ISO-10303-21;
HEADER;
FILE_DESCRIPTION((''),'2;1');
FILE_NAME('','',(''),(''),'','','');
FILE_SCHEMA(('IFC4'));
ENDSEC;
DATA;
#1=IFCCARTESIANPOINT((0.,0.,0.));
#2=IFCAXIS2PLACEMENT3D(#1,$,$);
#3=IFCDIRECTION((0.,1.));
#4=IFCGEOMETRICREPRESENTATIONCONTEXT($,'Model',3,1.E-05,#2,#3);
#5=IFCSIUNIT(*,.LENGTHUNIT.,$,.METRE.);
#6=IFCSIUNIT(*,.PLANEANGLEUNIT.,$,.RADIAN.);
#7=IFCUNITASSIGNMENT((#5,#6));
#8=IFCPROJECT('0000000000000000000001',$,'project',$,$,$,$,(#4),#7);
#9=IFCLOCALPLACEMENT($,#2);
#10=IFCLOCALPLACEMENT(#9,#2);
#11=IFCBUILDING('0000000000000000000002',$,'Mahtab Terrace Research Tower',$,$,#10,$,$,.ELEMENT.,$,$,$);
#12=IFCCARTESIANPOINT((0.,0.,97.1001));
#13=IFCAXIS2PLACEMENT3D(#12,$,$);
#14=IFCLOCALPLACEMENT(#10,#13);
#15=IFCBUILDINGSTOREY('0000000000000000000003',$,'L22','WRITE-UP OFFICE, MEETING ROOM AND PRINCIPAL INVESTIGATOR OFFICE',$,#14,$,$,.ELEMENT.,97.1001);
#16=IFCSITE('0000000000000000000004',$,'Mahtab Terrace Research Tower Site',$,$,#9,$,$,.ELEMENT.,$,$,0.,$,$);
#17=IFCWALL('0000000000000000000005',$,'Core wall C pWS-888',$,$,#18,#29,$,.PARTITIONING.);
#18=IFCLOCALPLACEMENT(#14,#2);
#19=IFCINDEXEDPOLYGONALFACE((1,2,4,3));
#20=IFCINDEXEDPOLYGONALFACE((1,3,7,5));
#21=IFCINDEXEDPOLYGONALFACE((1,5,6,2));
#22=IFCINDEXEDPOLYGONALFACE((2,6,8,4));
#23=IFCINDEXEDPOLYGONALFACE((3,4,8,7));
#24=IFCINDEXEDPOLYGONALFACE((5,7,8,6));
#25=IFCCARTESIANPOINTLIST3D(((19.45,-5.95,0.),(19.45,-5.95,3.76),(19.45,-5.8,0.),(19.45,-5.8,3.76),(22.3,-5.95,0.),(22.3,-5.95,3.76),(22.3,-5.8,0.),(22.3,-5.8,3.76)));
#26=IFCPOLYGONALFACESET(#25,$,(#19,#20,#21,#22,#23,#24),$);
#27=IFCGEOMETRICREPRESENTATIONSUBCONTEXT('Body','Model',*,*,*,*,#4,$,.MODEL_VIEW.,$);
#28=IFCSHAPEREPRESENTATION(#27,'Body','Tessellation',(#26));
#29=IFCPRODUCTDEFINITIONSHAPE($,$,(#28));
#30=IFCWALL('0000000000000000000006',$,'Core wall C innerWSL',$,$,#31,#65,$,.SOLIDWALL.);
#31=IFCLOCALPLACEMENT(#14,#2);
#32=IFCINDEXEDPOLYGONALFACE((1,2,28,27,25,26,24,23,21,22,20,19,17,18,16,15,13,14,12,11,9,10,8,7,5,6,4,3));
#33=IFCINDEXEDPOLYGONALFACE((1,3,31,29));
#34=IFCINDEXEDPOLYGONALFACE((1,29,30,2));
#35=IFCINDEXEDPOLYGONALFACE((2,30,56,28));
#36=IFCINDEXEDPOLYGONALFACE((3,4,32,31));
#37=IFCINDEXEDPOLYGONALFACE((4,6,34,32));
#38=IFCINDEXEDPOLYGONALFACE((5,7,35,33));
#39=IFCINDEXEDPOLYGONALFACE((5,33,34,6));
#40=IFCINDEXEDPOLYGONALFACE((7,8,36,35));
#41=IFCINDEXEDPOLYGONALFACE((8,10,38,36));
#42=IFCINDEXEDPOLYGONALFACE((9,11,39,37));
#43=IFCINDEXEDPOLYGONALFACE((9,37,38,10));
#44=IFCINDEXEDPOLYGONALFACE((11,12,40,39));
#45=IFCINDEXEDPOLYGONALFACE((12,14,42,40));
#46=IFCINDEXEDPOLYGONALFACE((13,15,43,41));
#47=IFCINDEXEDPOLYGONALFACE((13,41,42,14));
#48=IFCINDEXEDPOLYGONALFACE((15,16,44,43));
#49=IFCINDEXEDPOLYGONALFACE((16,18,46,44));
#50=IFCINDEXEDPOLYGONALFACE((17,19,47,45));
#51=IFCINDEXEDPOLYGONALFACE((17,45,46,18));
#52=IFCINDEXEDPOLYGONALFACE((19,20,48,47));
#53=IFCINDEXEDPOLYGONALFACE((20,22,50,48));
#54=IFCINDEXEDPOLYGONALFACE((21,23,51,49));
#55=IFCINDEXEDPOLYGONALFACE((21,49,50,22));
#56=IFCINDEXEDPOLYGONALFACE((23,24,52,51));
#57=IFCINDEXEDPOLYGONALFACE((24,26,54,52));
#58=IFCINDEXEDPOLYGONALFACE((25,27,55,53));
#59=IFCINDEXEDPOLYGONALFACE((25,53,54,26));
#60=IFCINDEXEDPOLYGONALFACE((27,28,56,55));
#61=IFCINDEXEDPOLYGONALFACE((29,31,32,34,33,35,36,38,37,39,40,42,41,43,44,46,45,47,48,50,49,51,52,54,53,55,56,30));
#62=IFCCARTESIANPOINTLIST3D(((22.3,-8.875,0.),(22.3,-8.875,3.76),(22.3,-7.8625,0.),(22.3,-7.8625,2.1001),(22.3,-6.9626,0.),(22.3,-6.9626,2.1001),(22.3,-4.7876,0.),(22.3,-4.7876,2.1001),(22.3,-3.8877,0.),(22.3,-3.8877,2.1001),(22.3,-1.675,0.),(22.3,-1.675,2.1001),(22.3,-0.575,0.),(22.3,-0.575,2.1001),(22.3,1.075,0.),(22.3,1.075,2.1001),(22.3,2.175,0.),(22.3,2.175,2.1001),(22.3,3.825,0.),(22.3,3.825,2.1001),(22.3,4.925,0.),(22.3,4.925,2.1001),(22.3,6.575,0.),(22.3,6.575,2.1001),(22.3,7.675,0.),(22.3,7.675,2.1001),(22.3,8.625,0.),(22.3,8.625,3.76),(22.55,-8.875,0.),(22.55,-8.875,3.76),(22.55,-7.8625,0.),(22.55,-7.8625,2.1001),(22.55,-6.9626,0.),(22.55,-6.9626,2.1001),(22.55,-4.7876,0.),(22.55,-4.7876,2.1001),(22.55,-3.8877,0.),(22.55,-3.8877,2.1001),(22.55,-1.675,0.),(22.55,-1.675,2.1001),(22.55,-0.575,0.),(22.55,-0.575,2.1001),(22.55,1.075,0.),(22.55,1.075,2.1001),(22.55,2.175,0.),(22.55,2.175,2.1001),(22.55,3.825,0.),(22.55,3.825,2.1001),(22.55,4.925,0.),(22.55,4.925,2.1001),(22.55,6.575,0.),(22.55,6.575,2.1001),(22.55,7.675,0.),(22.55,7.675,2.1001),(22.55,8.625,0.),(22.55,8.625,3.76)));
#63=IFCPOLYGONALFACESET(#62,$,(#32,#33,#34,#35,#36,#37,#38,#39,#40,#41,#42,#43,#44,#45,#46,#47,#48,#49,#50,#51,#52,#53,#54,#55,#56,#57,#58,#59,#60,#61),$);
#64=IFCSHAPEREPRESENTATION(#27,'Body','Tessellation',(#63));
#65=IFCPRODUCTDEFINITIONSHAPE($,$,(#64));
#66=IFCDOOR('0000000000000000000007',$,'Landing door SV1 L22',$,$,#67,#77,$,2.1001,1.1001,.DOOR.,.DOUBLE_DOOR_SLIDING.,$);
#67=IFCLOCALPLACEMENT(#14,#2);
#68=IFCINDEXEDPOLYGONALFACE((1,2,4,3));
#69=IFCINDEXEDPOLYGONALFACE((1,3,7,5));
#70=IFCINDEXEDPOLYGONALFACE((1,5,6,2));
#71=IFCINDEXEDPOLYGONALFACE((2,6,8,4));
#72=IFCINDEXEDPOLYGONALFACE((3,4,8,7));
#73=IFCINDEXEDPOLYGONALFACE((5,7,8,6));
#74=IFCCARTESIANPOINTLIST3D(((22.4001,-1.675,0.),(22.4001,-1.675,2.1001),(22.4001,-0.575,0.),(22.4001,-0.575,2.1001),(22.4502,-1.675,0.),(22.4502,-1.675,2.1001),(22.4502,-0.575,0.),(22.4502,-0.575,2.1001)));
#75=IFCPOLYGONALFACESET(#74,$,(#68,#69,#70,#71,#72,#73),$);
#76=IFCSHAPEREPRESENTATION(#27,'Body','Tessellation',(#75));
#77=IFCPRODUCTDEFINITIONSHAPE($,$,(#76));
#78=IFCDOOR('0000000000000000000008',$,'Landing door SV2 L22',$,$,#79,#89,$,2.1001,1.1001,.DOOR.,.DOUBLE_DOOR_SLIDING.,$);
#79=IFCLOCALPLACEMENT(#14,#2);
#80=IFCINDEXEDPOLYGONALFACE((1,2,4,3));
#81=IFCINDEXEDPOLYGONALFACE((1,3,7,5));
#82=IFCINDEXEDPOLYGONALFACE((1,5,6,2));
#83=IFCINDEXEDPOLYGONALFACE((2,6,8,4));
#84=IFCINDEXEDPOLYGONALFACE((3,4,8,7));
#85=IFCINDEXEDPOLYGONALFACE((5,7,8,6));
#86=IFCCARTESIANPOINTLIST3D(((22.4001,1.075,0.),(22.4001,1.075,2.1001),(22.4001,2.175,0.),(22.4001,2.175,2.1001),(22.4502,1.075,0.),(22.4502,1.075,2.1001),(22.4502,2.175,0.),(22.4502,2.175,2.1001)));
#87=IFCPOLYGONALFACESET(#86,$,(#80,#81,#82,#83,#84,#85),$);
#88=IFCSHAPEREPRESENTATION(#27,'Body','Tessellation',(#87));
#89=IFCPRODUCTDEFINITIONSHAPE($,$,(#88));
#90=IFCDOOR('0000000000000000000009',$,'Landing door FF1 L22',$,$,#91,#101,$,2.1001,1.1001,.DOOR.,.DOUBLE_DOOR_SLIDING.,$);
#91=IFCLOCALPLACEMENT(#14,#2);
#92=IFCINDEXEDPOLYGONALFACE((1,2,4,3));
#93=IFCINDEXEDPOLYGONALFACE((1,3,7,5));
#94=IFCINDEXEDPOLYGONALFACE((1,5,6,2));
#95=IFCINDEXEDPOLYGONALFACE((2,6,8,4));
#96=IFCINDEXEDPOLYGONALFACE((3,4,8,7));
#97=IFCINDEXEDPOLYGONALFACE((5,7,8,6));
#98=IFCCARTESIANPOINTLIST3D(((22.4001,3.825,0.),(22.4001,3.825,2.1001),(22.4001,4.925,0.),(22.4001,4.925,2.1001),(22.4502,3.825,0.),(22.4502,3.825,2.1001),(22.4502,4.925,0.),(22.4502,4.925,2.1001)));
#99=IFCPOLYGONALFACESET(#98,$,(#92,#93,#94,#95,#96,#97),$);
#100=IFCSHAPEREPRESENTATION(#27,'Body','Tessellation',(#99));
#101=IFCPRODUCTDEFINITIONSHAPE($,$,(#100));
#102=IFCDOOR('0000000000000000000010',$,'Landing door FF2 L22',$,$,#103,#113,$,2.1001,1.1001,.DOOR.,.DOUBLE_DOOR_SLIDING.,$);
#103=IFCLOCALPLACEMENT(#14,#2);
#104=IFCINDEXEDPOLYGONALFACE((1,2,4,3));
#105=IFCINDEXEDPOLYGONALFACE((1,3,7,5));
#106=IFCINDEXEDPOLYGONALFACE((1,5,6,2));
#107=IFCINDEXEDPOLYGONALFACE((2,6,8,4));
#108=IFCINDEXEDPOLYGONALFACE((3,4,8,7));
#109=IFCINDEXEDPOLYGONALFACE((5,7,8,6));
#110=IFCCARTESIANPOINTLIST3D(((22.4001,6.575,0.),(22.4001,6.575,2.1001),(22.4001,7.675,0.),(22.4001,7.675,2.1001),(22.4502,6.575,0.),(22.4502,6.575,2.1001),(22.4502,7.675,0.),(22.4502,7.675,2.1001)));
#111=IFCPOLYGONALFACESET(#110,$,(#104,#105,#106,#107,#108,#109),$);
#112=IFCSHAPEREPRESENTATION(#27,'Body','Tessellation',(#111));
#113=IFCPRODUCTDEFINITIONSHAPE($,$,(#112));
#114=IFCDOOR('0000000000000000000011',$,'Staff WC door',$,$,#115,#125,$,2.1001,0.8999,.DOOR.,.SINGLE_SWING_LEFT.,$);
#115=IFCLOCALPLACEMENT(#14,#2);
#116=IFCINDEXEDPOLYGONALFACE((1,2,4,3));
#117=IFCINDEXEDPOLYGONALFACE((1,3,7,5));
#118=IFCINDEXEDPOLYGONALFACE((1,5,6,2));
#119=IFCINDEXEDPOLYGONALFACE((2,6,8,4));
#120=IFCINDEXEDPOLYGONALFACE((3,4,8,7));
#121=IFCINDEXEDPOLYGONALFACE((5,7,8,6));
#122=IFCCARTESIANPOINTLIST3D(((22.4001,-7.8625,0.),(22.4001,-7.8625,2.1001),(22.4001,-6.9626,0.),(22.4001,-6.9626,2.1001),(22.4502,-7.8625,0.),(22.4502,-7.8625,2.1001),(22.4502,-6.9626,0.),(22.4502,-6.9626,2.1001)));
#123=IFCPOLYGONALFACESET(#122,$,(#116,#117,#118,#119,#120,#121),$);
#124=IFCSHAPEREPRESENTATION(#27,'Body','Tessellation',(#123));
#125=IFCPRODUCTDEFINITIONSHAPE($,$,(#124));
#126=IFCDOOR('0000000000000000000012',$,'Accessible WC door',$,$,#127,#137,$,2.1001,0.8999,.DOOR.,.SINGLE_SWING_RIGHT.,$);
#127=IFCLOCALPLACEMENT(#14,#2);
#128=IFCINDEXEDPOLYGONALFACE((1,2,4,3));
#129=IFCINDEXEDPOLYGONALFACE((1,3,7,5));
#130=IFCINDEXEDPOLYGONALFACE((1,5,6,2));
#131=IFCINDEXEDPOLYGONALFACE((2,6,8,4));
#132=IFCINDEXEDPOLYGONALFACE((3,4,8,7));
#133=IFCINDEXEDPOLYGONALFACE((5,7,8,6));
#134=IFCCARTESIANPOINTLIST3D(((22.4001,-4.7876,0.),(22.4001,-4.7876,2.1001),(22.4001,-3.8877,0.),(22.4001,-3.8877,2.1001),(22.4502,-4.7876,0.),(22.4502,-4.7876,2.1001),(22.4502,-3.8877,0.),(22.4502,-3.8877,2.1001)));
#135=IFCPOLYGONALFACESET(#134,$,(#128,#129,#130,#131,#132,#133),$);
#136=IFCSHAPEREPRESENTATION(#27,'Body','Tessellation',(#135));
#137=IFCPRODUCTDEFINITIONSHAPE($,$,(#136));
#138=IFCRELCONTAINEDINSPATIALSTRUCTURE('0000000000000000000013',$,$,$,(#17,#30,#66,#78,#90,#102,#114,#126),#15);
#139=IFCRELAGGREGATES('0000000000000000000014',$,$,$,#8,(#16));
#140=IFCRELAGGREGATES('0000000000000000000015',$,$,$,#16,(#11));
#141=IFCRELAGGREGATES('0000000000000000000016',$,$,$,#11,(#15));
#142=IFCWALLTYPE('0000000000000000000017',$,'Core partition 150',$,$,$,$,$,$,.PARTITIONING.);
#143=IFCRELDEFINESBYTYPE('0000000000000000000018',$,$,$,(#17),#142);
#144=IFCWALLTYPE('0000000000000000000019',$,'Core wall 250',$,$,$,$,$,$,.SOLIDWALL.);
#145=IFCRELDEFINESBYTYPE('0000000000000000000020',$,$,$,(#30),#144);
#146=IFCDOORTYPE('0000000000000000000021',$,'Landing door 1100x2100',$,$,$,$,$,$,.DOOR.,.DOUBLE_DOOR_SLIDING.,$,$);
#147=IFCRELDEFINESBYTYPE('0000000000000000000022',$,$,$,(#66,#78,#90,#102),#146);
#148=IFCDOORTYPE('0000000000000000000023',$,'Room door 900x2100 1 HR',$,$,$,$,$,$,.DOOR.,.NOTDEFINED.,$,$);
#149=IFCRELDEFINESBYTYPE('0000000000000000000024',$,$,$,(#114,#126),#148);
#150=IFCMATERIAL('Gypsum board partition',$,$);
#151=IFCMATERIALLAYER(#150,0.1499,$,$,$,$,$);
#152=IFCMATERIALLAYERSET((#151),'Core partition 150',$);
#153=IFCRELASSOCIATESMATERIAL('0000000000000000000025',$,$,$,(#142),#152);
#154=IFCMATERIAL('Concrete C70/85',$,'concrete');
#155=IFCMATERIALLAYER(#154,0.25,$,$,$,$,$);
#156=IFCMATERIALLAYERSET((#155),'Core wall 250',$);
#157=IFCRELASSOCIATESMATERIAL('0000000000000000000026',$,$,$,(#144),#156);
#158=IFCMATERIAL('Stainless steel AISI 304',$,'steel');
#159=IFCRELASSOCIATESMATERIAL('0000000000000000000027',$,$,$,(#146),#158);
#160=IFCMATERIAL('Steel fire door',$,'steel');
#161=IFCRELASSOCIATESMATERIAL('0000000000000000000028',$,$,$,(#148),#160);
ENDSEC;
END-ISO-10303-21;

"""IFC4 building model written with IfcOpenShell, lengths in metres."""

from ifc_helpers import new_model, si_unit, direction, frame, frame_2d, origin, place, context, subcontext, project, spatial, rectangle, extrude, material, layer, layer_set, type_object, element, fill, save


model = new_model("IFC4")

# Units and contexts
model_context = context("Model", 3, precision=1e-05, world=origin(), true_north=direction((0.0, 1.0)))
body_context = subcontext(model_context, "Body", "Model", "MODEL_VIEW")
ifc_project = project(units=[si_unit("LENGTHUNIT", "METRE"), si_unit("PLANEANGLEUNIT", "RADIAN")], contexts=[model_context])

# Site, building, storey
site_placement = place(None, origin())
site = spatial("IfcSite", under=ifc_project, at=site_placement, Name="Mahtab Terrace Research Tower Site", CompositionType="ELEMENT", RefElevation=0.0)
building_placement = place(site_placement, origin())
building = spatial("IfcBuilding", under=site, at=building_placement, Name="Mahtab Terrace Research Tower", CompositionType="ELEMENT")
storey_placement = place(building_placement, frame((0.0, 0.0, 97.1001)))
storey = spatial("IfcBuildingStorey", under=building, at=storey_placement, Name="L22", Description="WRITE-UP OFFICE, MEETING ROOM AND PRINCIPAL INVESTIGATOR OFFICE", CompositionType="ELEMENT", Elevation=97.1001)

# Wall
ifc_material_1 = material(Name="Gypsum board partition")
ifc_layer_1 = layer(ifc_material_1, 0.1499)
ifc_layer_set_1 = layer_set([ifc_layer_1], Name="Core partition 150")
wall_type_1 = type_object("IfcWallType", Name="Core partition 150", PredefinedType="PARTITIONING", material=ifc_layer_set_1)
wall_1_placement = place(storey_placement, frame((19.45, -5.875, 0.0), z_axis=(0.0, 0.0, 1.0), x_axis=(1.0, 0.0, 0.0)))
element("IfcWall", 1, at=wall_1_placement, inside=storey, type_object=wall_type_1, Name="Core wall C pWS-888", PredefinedType="PARTITIONING", context=body_context, shape_type="SweptSolid", body=[
    extrude(rectangle(XDim=2.8501, YDim=0.1499, at=frame_2d((1.425, 0.0))), origin(), (0.0, 0.0, 1.0), 3.76),
])

# Wall, openings, doors
ifc_material_2 = material(Name="Concrete C70/85", Category="concrete")
ifc_layer_2 = layer(ifc_material_2, 0.25)
ifc_layer_set_2 = layer_set([ifc_layer_2], Name="Core wall 250")
wall_type_2 = type_object("IfcWallType", Name="Core wall 250", PredefinedType="SOLIDWALL", material=ifc_layer_set_2)
wall_2_placement = place(storey_placement, frame((22.425, -8.875, 0.0), z_axis=(0.0, 0.0, 1.0), x_axis=(0.0, 1.0, 0.0)))
wall_2 = element("IfcWall", 2, at=wall_2_placement, inside=storey, type_object=wall_type_2, Name="Core wall C innerWSL", PredefinedType="SOLIDWALL", context=body_context, shape_type="SweptSolid", body=[
    extrude(rectangle(XDim=17.5, YDim=0.25, at=frame_2d((8.75, 0.0))), origin(), (0.0, 0.0, 1.0), 3.76),
])
opening_1_placement = place(wall_2_placement, frame((7.2, 0.0, 0.0)))
opening_1 = element("IfcOpeningElement", 3, at=opening_1_placement, cuts=wall_2, PredefinedType="OPENING", context=body_context, shape_type="SweptSolid", body=[
    extrude(rectangle(XDim=1.1001, YDim=2.1001, at=frame_2d((0.55, 1.05))), frame((0.0, 0.135, 0.0), z_axis=(0.0, -1.0, 0.0), x_axis=(1.0, 0.0, 0.0)), (0.0, 0.0, 1.0), 0.27),
])
opening_2_placement = place(wall_2_placement, frame((9.95, 0.0, 0.0)))
opening_2 = element("IfcOpeningElement", 4, at=opening_2_placement, cuts=wall_2, PredefinedType="OPENING", context=body_context, shape_type="SweptSolid", body=[
    extrude(rectangle(XDim=1.1001, YDim=2.1001, at=frame_2d((0.55, 1.05))), frame((0.0, 0.135, 0.0), z_axis=(0.0, -1.0, 0.0), x_axis=(1.0, 0.0, 0.0)), (0.0, 0.0, 1.0), 0.27),
])
opening_3_placement = place(wall_2_placement, frame((12.7, 0.0, 0.0)))
opening_3 = element("IfcOpeningElement", 5, at=opening_3_placement, cuts=wall_2, PredefinedType="OPENING", context=body_context, shape_type="SweptSolid", body=[
    extrude(rectangle(XDim=1.1001, YDim=2.1001, at=frame_2d((0.55, 1.05))), frame((0.0, 0.135, 0.0), z_axis=(0.0, -1.0, 0.0), x_axis=(1.0, 0.0, 0.0)), (0.0, 0.0, 1.0), 0.27),
])
opening_4_placement = place(wall_2_placement, frame((15.45, 0.0, 0.0)))
opening_4 = element("IfcOpeningElement", 6, at=opening_4_placement, cuts=wall_2, PredefinedType="OPENING", context=body_context, shape_type="SweptSolid", body=[
    extrude(rectangle(XDim=1.1001, YDim=2.1001, at=frame_2d((0.55, 1.05))), frame((0.0, 0.135, 0.0), z_axis=(0.0, -1.0, 0.0), x_axis=(1.0, 0.0, 0.0)), (0.0, 0.0, 1.0), 0.27),
])
opening_5_placement = place(wall_2_placement, frame((1.0125, 0.0, 0.0)))
opening_5 = element("IfcOpeningElement", 7, at=opening_5_placement, cuts=wall_2, PredefinedType="OPENING", context=body_context, shape_type="SweptSolid", body=[
    extrude(rectangle(XDim=0.8999, YDim=2.1001, at=frame_2d((0.45, 1.05))), frame((0.0, 0.135, 0.0), z_axis=(0.0, -1.0, 0.0), x_axis=(1.0, 0.0, 0.0)), (0.0, 0.0, 1.0), 0.27),
])
opening_6_placement = place(wall_2_placement, frame((4.0874, 0.0, 0.0)))
opening_6 = element("IfcOpeningElement", 8, at=opening_6_placement, cuts=wall_2, PredefinedType="OPENING", context=body_context, shape_type="SweptSolid", body=[
    extrude(rectangle(XDim=0.8999, YDim=2.1001, at=frame_2d((0.45, 1.05))), frame((0.0, 0.135, 0.0), z_axis=(0.0, -1.0, 0.0), x_axis=(1.0, 0.0, 0.0)), (0.0, 0.0, 1.0), 0.27),
])
ifc_material_3 = material(Name="Stainless steel AISI 304", Category="steel")
door_type_1 = type_object("IfcDoorType", Name="Landing door 1100x2100", OperationType="DOUBLE_DOOR_SLIDING", PredefinedType="DOOR", material=ifc_material_3)
door_1_placement = place(opening_1_placement, origin())
door_1 = element("IfcDoor", 9, at=door_1_placement, inside=storey, type_object=door_type_1, Name="Landing door SV1 L22", OperationType="DOUBLE_DOOR_SLIDING", OverallHeight=2.1001, OverallWidth=1.1001, PredefinedType="DOOR", context=body_context, shape_type="SweptSolid", body=[
    extrude(rectangle(XDim=1.1001, YDim=2.1001, at=frame_2d((0.55, 1.05))), frame((0.0, 0.0249, 0.0), z_axis=(0.0, -1.0, 0.0), x_axis=(1.0, 0.0, 0.0)), (0.0, 0.0, 1.0), 0.05),
])
fill(opening_1, door_1)
door_2_placement = place(opening_2_placement, origin())
door_2 = element("IfcDoor", 10, at=door_2_placement, inside=storey, type_object=door_type_1, Name="Landing door SV2 L22", OperationType="DOUBLE_DOOR_SLIDING", OverallHeight=2.1001, OverallWidth=1.1001, PredefinedType="DOOR", context=body_context, shape_type="SweptSolid", body=[
    extrude(rectangle(XDim=1.1001, YDim=2.1001, at=frame_2d((0.55, 1.05))), frame((0.0, 0.0249, 0.0), z_axis=(0.0, -1.0, 0.0), x_axis=(1.0, 0.0, 0.0)), (0.0, 0.0, 1.0), 0.05),
])
fill(opening_2, door_2)
door_3_placement = place(opening_3_placement, origin())
door_3 = element("IfcDoor", 11, at=door_3_placement, inside=storey, type_object=door_type_1, Name="Landing door FF1 L22", OperationType="DOUBLE_DOOR_SLIDING", OverallHeight=2.1001, OverallWidth=1.1001, PredefinedType="DOOR", context=body_context, shape_type="SweptSolid", body=[
    extrude(rectangle(XDim=1.1001, YDim=2.1001, at=frame_2d((0.55, 1.05))), frame((0.0, 0.0249, 0.0), z_axis=(0.0, -1.0, 0.0), x_axis=(1.0, 0.0, 0.0)), (0.0, 0.0, 1.0), 0.05),
])
fill(opening_3, door_3)
door_4_placement = place(opening_4_placement, origin())
door_4 = element("IfcDoor", 12, at=door_4_placement, inside=storey, type_object=door_type_1, Name="Landing door FF2 L22", OperationType="DOUBLE_DOOR_SLIDING", OverallHeight=2.1001, OverallWidth=1.1001, PredefinedType="DOOR", context=body_context, shape_type="SweptSolid", body=[
    extrude(rectangle(XDim=1.1001, YDim=2.1001, at=frame_2d((0.55, 1.05))), frame((0.0, 0.0249, 0.0), z_axis=(0.0, -1.0, 0.0), x_axis=(1.0, 0.0, 0.0)), (0.0, 0.0, 1.0), 0.05),
])
fill(opening_4, door_4)
ifc_material_4 = material(Name="Steel fire door", Category="steel")
door_type_2 = type_object("IfcDoorType", Name="Room door 900x2100 1 HR", OperationType="NOTDEFINED", PredefinedType="DOOR", material=ifc_material_4)
door_5_placement = place(opening_5_placement, origin())
door_5 = element("IfcDoor", 13, at=door_5_placement, inside=storey, type_object=door_type_2, Name="Staff WC door", OperationType="SINGLE_SWING_LEFT", OverallHeight=2.1001, OverallWidth=0.8999, PredefinedType="DOOR", context=body_context, shape_type="SweptSolid", body=[
    extrude(rectangle(XDim=0.8999, YDim=2.1001, at=frame_2d((0.45, 1.05))), frame((0.0, 0.0249, 0.0), z_axis=(0.0, -1.0, 0.0), x_axis=(1.0, 0.0, 0.0)), (0.0, 0.0, 1.0), 0.05),
])
fill(opening_5, door_5)
door_6_placement = place(opening_6_placement, origin())
door_6 = element("IfcDoor", 14, at=door_6_placement, inside=storey, type_object=door_type_2, Name="Accessible WC door", OperationType="SINGLE_SWING_RIGHT", OverallHeight=2.1001, OverallWidth=0.8999, PredefinedType="DOOR", context=body_context, shape_type="SweptSolid", body=[
    extrude(rectangle(XDim=0.8999, YDim=2.1001, at=frame_2d((0.45, 1.05))), frame((0.0, 0.0249, 0.0), z_axis=(0.0, -1.0, 0.0), x_axis=(1.0, 0.0, 0.0)), (0.0, 0.0, 1.0), 0.05),
])
fill(opening_6, door_6)

save(model, "model.ifc")
